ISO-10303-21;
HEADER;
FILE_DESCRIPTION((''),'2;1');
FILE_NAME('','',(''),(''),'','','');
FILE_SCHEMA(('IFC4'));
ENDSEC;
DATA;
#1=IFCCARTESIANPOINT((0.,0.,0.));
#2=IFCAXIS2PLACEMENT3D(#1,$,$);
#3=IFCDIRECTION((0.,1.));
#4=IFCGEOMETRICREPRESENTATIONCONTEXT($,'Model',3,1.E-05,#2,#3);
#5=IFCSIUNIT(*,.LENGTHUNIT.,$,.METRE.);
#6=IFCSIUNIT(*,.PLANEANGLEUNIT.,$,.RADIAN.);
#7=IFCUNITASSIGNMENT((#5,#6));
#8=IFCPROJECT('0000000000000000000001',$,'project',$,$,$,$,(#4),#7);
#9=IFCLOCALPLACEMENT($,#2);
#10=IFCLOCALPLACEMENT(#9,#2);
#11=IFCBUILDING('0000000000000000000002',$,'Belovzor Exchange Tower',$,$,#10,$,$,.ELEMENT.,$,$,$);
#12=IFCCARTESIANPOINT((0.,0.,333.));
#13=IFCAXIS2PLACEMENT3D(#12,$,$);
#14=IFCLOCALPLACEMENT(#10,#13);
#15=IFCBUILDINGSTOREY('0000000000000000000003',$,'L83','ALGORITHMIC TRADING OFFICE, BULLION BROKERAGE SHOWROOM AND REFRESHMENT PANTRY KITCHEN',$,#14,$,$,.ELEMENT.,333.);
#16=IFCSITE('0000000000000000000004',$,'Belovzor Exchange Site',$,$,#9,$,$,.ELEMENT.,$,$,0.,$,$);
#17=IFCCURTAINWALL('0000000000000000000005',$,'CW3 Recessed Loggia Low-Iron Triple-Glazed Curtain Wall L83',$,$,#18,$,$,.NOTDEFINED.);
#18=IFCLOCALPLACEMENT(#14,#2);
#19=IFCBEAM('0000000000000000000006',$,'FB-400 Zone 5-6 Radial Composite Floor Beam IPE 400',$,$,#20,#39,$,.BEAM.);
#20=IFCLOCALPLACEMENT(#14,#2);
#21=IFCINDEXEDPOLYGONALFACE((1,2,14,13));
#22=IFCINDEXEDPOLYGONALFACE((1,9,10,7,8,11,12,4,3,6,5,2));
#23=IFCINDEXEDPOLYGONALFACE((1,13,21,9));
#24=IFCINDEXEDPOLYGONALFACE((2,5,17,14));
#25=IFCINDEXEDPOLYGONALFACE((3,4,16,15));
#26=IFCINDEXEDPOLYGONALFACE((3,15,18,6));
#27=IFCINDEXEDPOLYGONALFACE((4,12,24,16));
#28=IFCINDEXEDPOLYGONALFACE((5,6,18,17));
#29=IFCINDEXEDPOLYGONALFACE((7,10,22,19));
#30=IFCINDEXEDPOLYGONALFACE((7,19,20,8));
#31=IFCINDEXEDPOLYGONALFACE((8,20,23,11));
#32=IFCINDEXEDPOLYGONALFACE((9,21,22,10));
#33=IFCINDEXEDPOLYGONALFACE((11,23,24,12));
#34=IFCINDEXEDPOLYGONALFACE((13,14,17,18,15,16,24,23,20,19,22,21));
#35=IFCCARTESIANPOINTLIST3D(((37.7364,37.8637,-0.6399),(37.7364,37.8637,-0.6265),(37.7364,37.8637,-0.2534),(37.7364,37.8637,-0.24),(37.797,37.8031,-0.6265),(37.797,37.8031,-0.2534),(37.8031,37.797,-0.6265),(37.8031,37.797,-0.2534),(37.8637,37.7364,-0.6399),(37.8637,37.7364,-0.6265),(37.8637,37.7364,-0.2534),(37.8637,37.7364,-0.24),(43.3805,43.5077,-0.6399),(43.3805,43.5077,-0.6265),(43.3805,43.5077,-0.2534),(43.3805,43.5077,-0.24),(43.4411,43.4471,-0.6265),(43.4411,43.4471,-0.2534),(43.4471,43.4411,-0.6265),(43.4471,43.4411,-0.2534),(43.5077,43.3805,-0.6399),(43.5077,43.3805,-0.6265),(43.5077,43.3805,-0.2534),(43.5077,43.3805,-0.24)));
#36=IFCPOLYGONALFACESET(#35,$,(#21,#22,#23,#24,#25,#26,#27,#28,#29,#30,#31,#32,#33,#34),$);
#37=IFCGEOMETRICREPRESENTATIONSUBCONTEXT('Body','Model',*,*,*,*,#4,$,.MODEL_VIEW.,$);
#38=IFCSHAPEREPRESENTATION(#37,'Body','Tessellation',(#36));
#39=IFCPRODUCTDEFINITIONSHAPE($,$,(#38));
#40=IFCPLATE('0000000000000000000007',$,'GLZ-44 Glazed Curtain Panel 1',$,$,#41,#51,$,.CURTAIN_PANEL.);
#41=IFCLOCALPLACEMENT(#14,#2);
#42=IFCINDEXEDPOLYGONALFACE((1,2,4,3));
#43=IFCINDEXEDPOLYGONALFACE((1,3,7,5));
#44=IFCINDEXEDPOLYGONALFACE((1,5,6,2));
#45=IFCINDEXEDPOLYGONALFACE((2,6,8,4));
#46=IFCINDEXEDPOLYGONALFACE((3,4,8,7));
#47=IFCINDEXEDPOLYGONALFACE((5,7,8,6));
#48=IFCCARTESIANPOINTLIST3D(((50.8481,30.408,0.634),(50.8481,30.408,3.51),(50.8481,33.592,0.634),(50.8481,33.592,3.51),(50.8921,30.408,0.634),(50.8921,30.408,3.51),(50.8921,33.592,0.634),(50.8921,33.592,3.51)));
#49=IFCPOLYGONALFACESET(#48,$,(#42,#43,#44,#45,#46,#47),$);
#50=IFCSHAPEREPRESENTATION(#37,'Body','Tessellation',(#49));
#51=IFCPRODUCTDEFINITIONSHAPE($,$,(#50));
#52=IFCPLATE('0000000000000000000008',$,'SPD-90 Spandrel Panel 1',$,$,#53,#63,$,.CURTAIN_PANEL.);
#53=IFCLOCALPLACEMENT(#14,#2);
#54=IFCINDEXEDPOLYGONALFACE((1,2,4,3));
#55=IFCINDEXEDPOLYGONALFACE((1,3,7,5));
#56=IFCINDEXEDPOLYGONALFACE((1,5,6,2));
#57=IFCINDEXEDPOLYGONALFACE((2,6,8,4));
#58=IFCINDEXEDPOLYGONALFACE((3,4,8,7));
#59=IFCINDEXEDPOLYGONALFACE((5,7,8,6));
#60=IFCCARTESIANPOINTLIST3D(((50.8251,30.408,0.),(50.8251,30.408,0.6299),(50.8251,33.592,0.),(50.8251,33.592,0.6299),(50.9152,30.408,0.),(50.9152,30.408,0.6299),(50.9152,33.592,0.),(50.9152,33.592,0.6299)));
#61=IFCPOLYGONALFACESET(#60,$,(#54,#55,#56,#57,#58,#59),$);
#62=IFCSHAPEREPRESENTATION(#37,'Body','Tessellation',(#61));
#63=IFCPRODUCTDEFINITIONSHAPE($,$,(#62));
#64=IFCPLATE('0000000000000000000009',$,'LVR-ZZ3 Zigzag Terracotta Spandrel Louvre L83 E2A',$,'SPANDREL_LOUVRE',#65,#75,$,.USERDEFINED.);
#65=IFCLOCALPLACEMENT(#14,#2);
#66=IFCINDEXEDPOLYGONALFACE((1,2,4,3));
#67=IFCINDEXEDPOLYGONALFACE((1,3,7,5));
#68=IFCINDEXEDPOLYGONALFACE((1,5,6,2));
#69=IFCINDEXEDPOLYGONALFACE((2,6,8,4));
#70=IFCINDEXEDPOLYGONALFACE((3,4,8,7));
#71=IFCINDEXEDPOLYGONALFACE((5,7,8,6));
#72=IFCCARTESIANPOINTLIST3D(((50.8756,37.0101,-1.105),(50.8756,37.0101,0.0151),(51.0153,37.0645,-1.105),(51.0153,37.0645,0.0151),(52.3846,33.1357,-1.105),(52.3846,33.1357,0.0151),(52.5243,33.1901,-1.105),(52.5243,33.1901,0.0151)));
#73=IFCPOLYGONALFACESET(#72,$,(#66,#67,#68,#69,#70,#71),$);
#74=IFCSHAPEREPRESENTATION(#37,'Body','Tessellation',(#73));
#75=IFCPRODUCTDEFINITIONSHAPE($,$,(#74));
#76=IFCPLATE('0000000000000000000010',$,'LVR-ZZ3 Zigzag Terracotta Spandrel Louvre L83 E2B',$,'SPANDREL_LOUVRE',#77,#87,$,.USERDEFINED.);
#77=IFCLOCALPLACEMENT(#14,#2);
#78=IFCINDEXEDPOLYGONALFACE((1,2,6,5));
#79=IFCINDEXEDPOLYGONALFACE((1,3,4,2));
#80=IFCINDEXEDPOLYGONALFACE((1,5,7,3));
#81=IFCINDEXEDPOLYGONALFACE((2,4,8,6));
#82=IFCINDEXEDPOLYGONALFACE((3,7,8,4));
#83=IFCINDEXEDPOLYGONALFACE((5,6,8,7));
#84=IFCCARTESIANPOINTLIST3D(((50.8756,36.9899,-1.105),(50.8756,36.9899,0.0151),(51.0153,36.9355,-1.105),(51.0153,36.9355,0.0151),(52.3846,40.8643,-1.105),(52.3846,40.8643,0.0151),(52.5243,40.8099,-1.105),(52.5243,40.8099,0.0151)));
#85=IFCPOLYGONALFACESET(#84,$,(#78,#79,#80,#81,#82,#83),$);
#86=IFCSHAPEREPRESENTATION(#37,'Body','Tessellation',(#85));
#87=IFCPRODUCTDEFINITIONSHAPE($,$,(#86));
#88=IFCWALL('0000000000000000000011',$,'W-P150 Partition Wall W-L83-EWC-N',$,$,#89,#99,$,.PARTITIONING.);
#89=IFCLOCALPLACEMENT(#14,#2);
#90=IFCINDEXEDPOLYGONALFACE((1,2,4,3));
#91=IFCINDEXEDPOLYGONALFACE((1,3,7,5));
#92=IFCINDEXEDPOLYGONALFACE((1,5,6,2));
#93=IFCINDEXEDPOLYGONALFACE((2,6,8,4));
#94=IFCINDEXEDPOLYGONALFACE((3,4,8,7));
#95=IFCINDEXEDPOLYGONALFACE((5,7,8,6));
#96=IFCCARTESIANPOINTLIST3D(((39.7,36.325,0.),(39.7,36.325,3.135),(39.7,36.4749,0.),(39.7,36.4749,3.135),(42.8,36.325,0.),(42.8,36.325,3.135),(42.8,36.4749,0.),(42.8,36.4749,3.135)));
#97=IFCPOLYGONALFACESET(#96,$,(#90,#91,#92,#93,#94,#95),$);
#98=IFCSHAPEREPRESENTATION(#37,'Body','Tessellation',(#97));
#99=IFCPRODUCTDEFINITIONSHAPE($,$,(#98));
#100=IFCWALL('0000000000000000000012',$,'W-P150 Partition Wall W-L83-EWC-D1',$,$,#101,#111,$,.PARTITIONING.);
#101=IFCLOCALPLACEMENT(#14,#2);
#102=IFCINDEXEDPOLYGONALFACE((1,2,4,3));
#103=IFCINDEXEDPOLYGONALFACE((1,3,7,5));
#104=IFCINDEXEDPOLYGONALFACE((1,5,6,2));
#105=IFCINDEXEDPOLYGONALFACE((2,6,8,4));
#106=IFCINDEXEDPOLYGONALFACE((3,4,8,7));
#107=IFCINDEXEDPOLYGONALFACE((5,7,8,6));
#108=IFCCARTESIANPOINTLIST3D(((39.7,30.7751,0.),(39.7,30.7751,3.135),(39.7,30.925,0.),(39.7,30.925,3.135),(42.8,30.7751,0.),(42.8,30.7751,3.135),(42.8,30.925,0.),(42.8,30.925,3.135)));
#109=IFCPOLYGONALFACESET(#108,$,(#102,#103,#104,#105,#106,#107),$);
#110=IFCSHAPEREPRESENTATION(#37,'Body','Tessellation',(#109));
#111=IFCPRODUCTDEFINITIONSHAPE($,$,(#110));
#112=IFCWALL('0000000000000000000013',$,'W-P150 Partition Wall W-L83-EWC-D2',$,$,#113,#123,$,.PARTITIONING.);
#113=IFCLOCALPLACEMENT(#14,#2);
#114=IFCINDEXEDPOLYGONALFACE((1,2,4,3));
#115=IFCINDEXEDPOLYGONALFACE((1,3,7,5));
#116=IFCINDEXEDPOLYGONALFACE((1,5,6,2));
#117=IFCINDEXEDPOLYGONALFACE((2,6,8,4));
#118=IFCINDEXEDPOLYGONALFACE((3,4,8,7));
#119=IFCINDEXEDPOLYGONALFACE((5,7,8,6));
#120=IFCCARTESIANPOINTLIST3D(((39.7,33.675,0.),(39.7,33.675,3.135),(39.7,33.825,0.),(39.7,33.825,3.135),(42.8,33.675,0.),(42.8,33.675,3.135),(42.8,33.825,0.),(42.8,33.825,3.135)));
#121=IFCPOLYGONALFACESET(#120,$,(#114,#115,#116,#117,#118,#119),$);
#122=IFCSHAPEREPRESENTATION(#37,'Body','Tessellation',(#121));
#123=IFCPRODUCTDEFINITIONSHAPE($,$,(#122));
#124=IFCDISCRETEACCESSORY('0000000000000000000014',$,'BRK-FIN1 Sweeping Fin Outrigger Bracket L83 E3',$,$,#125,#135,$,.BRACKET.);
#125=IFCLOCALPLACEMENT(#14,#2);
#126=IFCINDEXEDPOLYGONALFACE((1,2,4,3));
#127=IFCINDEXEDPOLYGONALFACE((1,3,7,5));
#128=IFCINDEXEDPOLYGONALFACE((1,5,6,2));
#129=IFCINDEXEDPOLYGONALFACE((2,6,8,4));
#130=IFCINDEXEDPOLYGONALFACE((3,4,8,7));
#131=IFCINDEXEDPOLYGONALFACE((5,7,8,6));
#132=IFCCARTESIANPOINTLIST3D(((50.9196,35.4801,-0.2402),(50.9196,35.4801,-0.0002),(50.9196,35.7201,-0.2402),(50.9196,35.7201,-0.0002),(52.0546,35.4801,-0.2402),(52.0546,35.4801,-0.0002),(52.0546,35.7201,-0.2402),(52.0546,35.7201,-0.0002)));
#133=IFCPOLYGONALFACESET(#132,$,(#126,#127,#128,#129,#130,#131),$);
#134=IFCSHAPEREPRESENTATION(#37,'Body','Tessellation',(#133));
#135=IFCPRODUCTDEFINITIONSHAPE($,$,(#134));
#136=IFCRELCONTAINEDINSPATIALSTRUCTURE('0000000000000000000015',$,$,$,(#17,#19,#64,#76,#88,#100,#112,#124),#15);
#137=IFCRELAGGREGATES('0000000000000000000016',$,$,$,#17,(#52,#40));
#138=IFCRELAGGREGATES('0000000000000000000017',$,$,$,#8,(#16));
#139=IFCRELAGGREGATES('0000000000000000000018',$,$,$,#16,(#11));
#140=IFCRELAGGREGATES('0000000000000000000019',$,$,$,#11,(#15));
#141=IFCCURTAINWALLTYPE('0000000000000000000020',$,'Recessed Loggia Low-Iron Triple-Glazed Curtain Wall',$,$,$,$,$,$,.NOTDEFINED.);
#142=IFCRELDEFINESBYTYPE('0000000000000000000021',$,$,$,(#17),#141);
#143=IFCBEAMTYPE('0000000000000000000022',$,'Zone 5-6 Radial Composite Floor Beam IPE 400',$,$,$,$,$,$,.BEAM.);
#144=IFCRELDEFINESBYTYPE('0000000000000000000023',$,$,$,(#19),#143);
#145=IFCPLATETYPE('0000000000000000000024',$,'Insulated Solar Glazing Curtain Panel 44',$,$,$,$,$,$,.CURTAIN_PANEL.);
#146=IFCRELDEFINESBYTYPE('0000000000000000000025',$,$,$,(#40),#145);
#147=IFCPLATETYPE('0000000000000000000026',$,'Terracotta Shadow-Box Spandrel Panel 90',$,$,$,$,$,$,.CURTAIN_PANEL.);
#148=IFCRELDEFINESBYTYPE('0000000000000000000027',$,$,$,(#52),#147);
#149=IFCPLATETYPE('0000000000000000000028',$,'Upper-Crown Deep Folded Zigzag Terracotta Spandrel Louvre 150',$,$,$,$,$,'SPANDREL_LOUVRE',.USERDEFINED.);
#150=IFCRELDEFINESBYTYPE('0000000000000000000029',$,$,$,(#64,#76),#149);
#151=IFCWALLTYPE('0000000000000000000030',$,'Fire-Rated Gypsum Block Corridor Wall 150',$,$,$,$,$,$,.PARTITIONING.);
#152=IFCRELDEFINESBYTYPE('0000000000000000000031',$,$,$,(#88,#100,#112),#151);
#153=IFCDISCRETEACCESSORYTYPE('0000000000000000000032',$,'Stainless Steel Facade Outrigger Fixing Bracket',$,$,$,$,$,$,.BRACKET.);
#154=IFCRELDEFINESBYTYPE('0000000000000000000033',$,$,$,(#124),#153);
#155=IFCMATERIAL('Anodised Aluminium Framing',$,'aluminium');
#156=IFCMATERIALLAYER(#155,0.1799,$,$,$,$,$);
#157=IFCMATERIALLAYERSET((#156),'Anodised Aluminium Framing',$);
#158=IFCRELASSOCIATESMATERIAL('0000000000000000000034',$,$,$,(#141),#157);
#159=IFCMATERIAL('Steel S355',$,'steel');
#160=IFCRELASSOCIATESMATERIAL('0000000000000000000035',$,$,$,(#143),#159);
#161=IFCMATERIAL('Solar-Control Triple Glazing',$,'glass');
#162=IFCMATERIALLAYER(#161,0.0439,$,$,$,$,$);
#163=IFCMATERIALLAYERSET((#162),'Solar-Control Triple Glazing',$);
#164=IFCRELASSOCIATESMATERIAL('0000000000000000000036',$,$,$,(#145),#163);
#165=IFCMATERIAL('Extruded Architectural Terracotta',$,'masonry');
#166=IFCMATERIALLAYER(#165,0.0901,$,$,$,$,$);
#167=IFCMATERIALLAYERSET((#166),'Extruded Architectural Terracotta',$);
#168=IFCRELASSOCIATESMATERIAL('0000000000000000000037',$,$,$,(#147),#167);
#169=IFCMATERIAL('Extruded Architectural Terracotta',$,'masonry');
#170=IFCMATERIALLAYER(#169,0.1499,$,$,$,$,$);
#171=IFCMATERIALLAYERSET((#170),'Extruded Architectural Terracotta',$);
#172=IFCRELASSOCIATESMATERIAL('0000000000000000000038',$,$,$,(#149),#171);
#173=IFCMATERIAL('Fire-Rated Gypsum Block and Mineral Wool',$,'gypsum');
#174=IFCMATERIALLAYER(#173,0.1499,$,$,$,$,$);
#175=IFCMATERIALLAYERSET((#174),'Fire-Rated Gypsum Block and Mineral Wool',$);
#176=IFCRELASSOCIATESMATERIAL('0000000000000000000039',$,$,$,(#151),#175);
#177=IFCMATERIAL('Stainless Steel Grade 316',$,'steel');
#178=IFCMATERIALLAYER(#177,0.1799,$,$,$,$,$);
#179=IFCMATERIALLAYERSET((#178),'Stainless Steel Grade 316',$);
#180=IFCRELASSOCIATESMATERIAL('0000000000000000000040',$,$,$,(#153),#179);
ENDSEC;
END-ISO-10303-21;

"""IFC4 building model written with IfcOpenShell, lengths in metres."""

from ifc_helpers import new_model, si_unit, direction, frame, frame_2d, origin, origin_2d, place, context, subcontext, project, spatial, rectangle, i_section, extrude, material, layer, layer_set, material_profile, profile_set, type_object, element, aggregate, save


model = new_model("IFC4")

# Units and contexts
model_context = context("Model", 3, precision=1e-05, world=origin(), true_north=direction((0.0, 1.0)))
body_context = subcontext(model_context, "Body", "Model", "MODEL_VIEW")
ifc_project = project(units=[si_unit("LENGTHUNIT", "METRE"), si_unit("PLANEANGLEUNIT", "RADIAN")], contexts=[model_context])

# Site, building, storey
site_placement = place(None, origin())
site = spatial("IfcSite", under=ifc_project, at=site_placement, Name="Belovzor Exchange Site", CompositionType="ELEMENT", RefElevation=0.0)
building_placement = place(site_placement, origin())
building = spatial("IfcBuilding", under=site, at=building_placement, Name="Belovzor Exchange Tower", CompositionType="ELEMENT")
storey_placement = place(building_placement, frame((0.0, 0.0, 333.0)))
storey = spatial("IfcBuildingStorey", under=building, at=storey_placement, Name="L83", Description="ALGORITHMIC TRADING OFFICE, BULLION BROKERAGE SHOWROOM AND REFRESHMENT PANTRY KITCHEN", CompositionType="ELEMENT", Elevation=333.0)

# Curtain wall
ifc_material_1 = material(Name="Anodised Aluminium Framing", Category="aluminium")
ifc_layer_1 = layer(ifc_material_1, 0.1799)
ifc_layer_set_1 = layer_set([ifc_layer_1], Name="Anodised Aluminium Framing")
curtain_wall_type = type_object("IfcCurtainWallType", Name="Recessed Loggia Low-Iron Triple-Glazed Curtain Wall", PredefinedType="NOTDEFINED", material=ifc_layer_set_1)
curtain_wall_placement = place(storey_placement, origin())
curtain_wall = element("IfcCurtainWall", 1, at=curtain_wall_placement, inside=storey, type_object=curtain_wall_type, Name="CW3 Recessed Loggia Low-Iron Triple-Glazed Curtain Wall L83", PredefinedType="NOTDEFINED")

# Beam
ifc_material_2 = material(Name="Steel S355", Category="steel")
ifc_material_profile_1 = material_profile(ifc_material_2, i_section(OverallWidth=0.1799, OverallDepth=0.3999, WebThickness=0.0085, FlangeThickness=0.0134, at=origin_2d()))
ifc_profile_set_1 = profile_set([ifc_material_profile_1], Name="Steel S355")
beam_type_1 = type_object("IfcBeamType", Name="Zone 5-6 Radial Composite Floor Beam IPE 400", PredefinedType="BEAM", material=ifc_profile_set_1)
beam_placement = place(storey_placement, frame((37.8, 37.8, -0.4399), z_axis=(0.707107, 0.707107, 0.0), x_axis=(-0.707107, 0.707107, 0.0)))
element("IfcBeam", 2, at=beam_placement, inside=storey, type_object=beam_type_1, Name="FB-400 Zone 5-6 Radial Composite Floor Beam IPE 400", PredefinedType="BEAM", context=body_context, shape_type="SweptSolid", body=[
    extrude(i_section(OverallWidth=0.1799, OverallDepth=0.3999, WebThickness=0.0085, FlangeThickness=0.0134, at=origin_2d()), origin(), (0.0, 0.0, 1.0), 7.9819),
])

# Plates
ifc_material_3 = material(Name="Solar-Control Triple Glazing", Category="glass")
ifc_layer_2 = layer(ifc_material_3, 0.0439)
ifc_layer_set_2 = layer_set([ifc_layer_2], Name="Solar-Control Triple Glazing")
plate_type_1 = type_object("IfcPlateType", Name="Insulated Solar Glazing Curtain Panel 44", PredefinedType="CURTAIN_PANEL", material=ifc_layer_set_2)
plate_1_placement = place(storey_placement, frame((50.8701, 32.0, 0.634), z_axis=(0.0, 0.0, 1.0), x_axis=(0.0, -1.0, 0.0)))
plate_1 = element("IfcPlate", 3, at=plate_1_placement, type_object=plate_type_1, Name="GLZ-44 Glazed Curtain Panel 1", PredefinedType="CURTAIN_PANEL", context=body_context, shape_type="SweptSolid", body=[
    extrude(rectangle(XDim=3.1841, YDim=0.0439, at=origin_2d()), origin(), (0.0, 0.0, 1.0), 2.876),
])
ifc_material_4 = material(Name="Extruded Architectural Terracotta", Category="masonry")
ifc_layer_3 = layer(ifc_material_4, 0.0901)
ifc_layer_set_3 = layer_set([ifc_layer_3], Name="Extruded Architectural Terracotta")
plate_type_2 = type_object("IfcPlateType", Name="Terracotta Shadow-Box Spandrel Panel 90", PredefinedType="CURTAIN_PANEL", material=ifc_layer_set_3)
plate_2_placement = place(storey_placement, frame((50.8701, 32.0, 0.0), z_axis=(0.0, 0.0, 1.0), x_axis=(0.0, -1.0, 0.0)))
plate_2 = element("IfcPlate", 4, at=plate_2_placement, type_object=plate_type_2, Name="SPD-90 Spandrel Panel 1", PredefinedType="CURTAIN_PANEL", context=body_context, shape_type="SweptSolid", body=[
    extrude(rectangle(XDim=3.1841, YDim=0.0901, at=origin_2d()), origin(), (0.0, 0.0, 1.0), 0.6299),
])
aggregate(curtain_wall, [plate_2, plate_1])

# Plates
ifc_material_5 = material(Name="Extruded Architectural Terracotta", Category="masonry")
ifc_layer_4 = layer(ifc_material_5, 0.1499)
ifc_layer_set_4 = layer_set([ifc_layer_4], Name="Extruded Architectural Terracotta")
plate_type_3 = type_object("IfcPlateType", Name="Upper-Crown Deep Folded Zigzag Terracotta Spandrel Louvre 150", ElementType="SPANDREL_LOUVRE", PredefinedType="USERDEFINED", material=ifc_layer_set_4)
for number, where, z_axis, x_axis, name in (
    (5, (51.7, 35.1001, -1.105), (0.0, 0.0, 1.0), (-0.362926, 0.931818, 0.0), "LVR-ZZ3 Zigzag Terracotta Spandrel Louvre L83 E2A"),
    (6, (51.7, 38.8999, -1.105), (0.0, 0.0, 1.0), (0.362926, 0.931818, 0.0), "LVR-ZZ3 Zigzag Terracotta Spandrel Louvre L83 E2B"),
):
    element("IfcPlate", number, at=place(storey_placement, frame(where, z_axis=z_axis, x_axis=x_axis)), inside=storey, type_object=plate_type_3, Name=name, ObjectType="SPANDREL_LOUVRE", PredefinedType="USERDEFINED", context=body_context, shape_type="SweptSolid", body=[
        extrude(rectangle(XDim=4.158, YDim=0.1499, at=origin_2d()), origin(), (0.0, 0.0, 1.0), 1.1201),
    ])

# Walls
ifc_material_6 = material(Name="Fire-Rated Gypsum Block and Mineral Wool", Category="gypsum")
ifc_layer_5 = layer(ifc_material_6, 0.1499)
ifc_layer_set_5 = layer_set([ifc_layer_5], Name="Fire-Rated Gypsum Block and Mineral Wool")
wall_type = type_object("IfcWallType", Name="Fire-Rated Gypsum Block Corridor Wall 150", PredefinedType="PARTITIONING", material=ifc_layer_set_5)
for number, where, z_axis, x_axis, name in (
    (7, (39.7, 36.3999, 0.0), (0.0, 0.0, 1.0), (1.0, 0.0, 0.0), "W-P150 Partition Wall W-L83-EWC-N"),
    (8, (39.7, 30.8501, 0.0), (0.0, 0.0, 1.0), (1.0, 0.0, 0.0), "W-P150 Partition Wall W-L83-EWC-D1"),
    (9, (39.7, 33.75, 0.0), (0.0, 0.0, 1.0), (1.0, 0.0, 0.0), "W-P150 Partition Wall W-L83-EWC-D2"),
):
    element("IfcWall", number, at=place(storey_placement, frame(where, z_axis=z_axis, x_axis=x_axis)), inside=storey, type_object=wall_type, Name=name, PredefinedType="PARTITIONING", context=body_context, shape_type="SweptSolid", body=[
        extrude(rectangle(XDim=3.1001, YDim=0.1499, at=frame_2d((1.55, 0.0))), origin(), (0.0, 0.0, 1.0), 3.135),
    ])

# Discrete accessory
ifc_material_7 = material(Name="Stainless Steel Grade 316", Category="steel")
ifc_layer_6 = layer(ifc_material_7, 0.1799)
ifc_layer_set_6 = layer_set([ifc_layer_6], Name="Stainless Steel Grade 316")
discrete_accessory_type = type_object("IfcDiscreteAccessoryType", Name="Stainless Steel Facade Outrigger Fixing Bracket", PredefinedType="BRACKET", material=ifc_layer_set_6)
discrete_accessory_placement = place(storey_placement, frame((51.4871, 35.6001, -0.2402), z_axis=(0.0, 0.0, 1.0), x_axis=(1.0, 0.0, 0.0)))
element("IfcDiscreteAccessory", 10, at=discrete_accessory_placement, inside=storey, type_object=discrete_accessory_type, Name="BRK-FIN1 Sweeping Fin Outrigger Bracket L83 E3", PredefinedType="BRACKET", context=body_context, shape_type="SweptSolid", body=[
    extrude(rectangle(XDim=1.135, YDim=0.24, at=origin_2d()), origin(), (0.0, 0.0, 1.0), 0.24),
])

save(model, "model.ifc")
